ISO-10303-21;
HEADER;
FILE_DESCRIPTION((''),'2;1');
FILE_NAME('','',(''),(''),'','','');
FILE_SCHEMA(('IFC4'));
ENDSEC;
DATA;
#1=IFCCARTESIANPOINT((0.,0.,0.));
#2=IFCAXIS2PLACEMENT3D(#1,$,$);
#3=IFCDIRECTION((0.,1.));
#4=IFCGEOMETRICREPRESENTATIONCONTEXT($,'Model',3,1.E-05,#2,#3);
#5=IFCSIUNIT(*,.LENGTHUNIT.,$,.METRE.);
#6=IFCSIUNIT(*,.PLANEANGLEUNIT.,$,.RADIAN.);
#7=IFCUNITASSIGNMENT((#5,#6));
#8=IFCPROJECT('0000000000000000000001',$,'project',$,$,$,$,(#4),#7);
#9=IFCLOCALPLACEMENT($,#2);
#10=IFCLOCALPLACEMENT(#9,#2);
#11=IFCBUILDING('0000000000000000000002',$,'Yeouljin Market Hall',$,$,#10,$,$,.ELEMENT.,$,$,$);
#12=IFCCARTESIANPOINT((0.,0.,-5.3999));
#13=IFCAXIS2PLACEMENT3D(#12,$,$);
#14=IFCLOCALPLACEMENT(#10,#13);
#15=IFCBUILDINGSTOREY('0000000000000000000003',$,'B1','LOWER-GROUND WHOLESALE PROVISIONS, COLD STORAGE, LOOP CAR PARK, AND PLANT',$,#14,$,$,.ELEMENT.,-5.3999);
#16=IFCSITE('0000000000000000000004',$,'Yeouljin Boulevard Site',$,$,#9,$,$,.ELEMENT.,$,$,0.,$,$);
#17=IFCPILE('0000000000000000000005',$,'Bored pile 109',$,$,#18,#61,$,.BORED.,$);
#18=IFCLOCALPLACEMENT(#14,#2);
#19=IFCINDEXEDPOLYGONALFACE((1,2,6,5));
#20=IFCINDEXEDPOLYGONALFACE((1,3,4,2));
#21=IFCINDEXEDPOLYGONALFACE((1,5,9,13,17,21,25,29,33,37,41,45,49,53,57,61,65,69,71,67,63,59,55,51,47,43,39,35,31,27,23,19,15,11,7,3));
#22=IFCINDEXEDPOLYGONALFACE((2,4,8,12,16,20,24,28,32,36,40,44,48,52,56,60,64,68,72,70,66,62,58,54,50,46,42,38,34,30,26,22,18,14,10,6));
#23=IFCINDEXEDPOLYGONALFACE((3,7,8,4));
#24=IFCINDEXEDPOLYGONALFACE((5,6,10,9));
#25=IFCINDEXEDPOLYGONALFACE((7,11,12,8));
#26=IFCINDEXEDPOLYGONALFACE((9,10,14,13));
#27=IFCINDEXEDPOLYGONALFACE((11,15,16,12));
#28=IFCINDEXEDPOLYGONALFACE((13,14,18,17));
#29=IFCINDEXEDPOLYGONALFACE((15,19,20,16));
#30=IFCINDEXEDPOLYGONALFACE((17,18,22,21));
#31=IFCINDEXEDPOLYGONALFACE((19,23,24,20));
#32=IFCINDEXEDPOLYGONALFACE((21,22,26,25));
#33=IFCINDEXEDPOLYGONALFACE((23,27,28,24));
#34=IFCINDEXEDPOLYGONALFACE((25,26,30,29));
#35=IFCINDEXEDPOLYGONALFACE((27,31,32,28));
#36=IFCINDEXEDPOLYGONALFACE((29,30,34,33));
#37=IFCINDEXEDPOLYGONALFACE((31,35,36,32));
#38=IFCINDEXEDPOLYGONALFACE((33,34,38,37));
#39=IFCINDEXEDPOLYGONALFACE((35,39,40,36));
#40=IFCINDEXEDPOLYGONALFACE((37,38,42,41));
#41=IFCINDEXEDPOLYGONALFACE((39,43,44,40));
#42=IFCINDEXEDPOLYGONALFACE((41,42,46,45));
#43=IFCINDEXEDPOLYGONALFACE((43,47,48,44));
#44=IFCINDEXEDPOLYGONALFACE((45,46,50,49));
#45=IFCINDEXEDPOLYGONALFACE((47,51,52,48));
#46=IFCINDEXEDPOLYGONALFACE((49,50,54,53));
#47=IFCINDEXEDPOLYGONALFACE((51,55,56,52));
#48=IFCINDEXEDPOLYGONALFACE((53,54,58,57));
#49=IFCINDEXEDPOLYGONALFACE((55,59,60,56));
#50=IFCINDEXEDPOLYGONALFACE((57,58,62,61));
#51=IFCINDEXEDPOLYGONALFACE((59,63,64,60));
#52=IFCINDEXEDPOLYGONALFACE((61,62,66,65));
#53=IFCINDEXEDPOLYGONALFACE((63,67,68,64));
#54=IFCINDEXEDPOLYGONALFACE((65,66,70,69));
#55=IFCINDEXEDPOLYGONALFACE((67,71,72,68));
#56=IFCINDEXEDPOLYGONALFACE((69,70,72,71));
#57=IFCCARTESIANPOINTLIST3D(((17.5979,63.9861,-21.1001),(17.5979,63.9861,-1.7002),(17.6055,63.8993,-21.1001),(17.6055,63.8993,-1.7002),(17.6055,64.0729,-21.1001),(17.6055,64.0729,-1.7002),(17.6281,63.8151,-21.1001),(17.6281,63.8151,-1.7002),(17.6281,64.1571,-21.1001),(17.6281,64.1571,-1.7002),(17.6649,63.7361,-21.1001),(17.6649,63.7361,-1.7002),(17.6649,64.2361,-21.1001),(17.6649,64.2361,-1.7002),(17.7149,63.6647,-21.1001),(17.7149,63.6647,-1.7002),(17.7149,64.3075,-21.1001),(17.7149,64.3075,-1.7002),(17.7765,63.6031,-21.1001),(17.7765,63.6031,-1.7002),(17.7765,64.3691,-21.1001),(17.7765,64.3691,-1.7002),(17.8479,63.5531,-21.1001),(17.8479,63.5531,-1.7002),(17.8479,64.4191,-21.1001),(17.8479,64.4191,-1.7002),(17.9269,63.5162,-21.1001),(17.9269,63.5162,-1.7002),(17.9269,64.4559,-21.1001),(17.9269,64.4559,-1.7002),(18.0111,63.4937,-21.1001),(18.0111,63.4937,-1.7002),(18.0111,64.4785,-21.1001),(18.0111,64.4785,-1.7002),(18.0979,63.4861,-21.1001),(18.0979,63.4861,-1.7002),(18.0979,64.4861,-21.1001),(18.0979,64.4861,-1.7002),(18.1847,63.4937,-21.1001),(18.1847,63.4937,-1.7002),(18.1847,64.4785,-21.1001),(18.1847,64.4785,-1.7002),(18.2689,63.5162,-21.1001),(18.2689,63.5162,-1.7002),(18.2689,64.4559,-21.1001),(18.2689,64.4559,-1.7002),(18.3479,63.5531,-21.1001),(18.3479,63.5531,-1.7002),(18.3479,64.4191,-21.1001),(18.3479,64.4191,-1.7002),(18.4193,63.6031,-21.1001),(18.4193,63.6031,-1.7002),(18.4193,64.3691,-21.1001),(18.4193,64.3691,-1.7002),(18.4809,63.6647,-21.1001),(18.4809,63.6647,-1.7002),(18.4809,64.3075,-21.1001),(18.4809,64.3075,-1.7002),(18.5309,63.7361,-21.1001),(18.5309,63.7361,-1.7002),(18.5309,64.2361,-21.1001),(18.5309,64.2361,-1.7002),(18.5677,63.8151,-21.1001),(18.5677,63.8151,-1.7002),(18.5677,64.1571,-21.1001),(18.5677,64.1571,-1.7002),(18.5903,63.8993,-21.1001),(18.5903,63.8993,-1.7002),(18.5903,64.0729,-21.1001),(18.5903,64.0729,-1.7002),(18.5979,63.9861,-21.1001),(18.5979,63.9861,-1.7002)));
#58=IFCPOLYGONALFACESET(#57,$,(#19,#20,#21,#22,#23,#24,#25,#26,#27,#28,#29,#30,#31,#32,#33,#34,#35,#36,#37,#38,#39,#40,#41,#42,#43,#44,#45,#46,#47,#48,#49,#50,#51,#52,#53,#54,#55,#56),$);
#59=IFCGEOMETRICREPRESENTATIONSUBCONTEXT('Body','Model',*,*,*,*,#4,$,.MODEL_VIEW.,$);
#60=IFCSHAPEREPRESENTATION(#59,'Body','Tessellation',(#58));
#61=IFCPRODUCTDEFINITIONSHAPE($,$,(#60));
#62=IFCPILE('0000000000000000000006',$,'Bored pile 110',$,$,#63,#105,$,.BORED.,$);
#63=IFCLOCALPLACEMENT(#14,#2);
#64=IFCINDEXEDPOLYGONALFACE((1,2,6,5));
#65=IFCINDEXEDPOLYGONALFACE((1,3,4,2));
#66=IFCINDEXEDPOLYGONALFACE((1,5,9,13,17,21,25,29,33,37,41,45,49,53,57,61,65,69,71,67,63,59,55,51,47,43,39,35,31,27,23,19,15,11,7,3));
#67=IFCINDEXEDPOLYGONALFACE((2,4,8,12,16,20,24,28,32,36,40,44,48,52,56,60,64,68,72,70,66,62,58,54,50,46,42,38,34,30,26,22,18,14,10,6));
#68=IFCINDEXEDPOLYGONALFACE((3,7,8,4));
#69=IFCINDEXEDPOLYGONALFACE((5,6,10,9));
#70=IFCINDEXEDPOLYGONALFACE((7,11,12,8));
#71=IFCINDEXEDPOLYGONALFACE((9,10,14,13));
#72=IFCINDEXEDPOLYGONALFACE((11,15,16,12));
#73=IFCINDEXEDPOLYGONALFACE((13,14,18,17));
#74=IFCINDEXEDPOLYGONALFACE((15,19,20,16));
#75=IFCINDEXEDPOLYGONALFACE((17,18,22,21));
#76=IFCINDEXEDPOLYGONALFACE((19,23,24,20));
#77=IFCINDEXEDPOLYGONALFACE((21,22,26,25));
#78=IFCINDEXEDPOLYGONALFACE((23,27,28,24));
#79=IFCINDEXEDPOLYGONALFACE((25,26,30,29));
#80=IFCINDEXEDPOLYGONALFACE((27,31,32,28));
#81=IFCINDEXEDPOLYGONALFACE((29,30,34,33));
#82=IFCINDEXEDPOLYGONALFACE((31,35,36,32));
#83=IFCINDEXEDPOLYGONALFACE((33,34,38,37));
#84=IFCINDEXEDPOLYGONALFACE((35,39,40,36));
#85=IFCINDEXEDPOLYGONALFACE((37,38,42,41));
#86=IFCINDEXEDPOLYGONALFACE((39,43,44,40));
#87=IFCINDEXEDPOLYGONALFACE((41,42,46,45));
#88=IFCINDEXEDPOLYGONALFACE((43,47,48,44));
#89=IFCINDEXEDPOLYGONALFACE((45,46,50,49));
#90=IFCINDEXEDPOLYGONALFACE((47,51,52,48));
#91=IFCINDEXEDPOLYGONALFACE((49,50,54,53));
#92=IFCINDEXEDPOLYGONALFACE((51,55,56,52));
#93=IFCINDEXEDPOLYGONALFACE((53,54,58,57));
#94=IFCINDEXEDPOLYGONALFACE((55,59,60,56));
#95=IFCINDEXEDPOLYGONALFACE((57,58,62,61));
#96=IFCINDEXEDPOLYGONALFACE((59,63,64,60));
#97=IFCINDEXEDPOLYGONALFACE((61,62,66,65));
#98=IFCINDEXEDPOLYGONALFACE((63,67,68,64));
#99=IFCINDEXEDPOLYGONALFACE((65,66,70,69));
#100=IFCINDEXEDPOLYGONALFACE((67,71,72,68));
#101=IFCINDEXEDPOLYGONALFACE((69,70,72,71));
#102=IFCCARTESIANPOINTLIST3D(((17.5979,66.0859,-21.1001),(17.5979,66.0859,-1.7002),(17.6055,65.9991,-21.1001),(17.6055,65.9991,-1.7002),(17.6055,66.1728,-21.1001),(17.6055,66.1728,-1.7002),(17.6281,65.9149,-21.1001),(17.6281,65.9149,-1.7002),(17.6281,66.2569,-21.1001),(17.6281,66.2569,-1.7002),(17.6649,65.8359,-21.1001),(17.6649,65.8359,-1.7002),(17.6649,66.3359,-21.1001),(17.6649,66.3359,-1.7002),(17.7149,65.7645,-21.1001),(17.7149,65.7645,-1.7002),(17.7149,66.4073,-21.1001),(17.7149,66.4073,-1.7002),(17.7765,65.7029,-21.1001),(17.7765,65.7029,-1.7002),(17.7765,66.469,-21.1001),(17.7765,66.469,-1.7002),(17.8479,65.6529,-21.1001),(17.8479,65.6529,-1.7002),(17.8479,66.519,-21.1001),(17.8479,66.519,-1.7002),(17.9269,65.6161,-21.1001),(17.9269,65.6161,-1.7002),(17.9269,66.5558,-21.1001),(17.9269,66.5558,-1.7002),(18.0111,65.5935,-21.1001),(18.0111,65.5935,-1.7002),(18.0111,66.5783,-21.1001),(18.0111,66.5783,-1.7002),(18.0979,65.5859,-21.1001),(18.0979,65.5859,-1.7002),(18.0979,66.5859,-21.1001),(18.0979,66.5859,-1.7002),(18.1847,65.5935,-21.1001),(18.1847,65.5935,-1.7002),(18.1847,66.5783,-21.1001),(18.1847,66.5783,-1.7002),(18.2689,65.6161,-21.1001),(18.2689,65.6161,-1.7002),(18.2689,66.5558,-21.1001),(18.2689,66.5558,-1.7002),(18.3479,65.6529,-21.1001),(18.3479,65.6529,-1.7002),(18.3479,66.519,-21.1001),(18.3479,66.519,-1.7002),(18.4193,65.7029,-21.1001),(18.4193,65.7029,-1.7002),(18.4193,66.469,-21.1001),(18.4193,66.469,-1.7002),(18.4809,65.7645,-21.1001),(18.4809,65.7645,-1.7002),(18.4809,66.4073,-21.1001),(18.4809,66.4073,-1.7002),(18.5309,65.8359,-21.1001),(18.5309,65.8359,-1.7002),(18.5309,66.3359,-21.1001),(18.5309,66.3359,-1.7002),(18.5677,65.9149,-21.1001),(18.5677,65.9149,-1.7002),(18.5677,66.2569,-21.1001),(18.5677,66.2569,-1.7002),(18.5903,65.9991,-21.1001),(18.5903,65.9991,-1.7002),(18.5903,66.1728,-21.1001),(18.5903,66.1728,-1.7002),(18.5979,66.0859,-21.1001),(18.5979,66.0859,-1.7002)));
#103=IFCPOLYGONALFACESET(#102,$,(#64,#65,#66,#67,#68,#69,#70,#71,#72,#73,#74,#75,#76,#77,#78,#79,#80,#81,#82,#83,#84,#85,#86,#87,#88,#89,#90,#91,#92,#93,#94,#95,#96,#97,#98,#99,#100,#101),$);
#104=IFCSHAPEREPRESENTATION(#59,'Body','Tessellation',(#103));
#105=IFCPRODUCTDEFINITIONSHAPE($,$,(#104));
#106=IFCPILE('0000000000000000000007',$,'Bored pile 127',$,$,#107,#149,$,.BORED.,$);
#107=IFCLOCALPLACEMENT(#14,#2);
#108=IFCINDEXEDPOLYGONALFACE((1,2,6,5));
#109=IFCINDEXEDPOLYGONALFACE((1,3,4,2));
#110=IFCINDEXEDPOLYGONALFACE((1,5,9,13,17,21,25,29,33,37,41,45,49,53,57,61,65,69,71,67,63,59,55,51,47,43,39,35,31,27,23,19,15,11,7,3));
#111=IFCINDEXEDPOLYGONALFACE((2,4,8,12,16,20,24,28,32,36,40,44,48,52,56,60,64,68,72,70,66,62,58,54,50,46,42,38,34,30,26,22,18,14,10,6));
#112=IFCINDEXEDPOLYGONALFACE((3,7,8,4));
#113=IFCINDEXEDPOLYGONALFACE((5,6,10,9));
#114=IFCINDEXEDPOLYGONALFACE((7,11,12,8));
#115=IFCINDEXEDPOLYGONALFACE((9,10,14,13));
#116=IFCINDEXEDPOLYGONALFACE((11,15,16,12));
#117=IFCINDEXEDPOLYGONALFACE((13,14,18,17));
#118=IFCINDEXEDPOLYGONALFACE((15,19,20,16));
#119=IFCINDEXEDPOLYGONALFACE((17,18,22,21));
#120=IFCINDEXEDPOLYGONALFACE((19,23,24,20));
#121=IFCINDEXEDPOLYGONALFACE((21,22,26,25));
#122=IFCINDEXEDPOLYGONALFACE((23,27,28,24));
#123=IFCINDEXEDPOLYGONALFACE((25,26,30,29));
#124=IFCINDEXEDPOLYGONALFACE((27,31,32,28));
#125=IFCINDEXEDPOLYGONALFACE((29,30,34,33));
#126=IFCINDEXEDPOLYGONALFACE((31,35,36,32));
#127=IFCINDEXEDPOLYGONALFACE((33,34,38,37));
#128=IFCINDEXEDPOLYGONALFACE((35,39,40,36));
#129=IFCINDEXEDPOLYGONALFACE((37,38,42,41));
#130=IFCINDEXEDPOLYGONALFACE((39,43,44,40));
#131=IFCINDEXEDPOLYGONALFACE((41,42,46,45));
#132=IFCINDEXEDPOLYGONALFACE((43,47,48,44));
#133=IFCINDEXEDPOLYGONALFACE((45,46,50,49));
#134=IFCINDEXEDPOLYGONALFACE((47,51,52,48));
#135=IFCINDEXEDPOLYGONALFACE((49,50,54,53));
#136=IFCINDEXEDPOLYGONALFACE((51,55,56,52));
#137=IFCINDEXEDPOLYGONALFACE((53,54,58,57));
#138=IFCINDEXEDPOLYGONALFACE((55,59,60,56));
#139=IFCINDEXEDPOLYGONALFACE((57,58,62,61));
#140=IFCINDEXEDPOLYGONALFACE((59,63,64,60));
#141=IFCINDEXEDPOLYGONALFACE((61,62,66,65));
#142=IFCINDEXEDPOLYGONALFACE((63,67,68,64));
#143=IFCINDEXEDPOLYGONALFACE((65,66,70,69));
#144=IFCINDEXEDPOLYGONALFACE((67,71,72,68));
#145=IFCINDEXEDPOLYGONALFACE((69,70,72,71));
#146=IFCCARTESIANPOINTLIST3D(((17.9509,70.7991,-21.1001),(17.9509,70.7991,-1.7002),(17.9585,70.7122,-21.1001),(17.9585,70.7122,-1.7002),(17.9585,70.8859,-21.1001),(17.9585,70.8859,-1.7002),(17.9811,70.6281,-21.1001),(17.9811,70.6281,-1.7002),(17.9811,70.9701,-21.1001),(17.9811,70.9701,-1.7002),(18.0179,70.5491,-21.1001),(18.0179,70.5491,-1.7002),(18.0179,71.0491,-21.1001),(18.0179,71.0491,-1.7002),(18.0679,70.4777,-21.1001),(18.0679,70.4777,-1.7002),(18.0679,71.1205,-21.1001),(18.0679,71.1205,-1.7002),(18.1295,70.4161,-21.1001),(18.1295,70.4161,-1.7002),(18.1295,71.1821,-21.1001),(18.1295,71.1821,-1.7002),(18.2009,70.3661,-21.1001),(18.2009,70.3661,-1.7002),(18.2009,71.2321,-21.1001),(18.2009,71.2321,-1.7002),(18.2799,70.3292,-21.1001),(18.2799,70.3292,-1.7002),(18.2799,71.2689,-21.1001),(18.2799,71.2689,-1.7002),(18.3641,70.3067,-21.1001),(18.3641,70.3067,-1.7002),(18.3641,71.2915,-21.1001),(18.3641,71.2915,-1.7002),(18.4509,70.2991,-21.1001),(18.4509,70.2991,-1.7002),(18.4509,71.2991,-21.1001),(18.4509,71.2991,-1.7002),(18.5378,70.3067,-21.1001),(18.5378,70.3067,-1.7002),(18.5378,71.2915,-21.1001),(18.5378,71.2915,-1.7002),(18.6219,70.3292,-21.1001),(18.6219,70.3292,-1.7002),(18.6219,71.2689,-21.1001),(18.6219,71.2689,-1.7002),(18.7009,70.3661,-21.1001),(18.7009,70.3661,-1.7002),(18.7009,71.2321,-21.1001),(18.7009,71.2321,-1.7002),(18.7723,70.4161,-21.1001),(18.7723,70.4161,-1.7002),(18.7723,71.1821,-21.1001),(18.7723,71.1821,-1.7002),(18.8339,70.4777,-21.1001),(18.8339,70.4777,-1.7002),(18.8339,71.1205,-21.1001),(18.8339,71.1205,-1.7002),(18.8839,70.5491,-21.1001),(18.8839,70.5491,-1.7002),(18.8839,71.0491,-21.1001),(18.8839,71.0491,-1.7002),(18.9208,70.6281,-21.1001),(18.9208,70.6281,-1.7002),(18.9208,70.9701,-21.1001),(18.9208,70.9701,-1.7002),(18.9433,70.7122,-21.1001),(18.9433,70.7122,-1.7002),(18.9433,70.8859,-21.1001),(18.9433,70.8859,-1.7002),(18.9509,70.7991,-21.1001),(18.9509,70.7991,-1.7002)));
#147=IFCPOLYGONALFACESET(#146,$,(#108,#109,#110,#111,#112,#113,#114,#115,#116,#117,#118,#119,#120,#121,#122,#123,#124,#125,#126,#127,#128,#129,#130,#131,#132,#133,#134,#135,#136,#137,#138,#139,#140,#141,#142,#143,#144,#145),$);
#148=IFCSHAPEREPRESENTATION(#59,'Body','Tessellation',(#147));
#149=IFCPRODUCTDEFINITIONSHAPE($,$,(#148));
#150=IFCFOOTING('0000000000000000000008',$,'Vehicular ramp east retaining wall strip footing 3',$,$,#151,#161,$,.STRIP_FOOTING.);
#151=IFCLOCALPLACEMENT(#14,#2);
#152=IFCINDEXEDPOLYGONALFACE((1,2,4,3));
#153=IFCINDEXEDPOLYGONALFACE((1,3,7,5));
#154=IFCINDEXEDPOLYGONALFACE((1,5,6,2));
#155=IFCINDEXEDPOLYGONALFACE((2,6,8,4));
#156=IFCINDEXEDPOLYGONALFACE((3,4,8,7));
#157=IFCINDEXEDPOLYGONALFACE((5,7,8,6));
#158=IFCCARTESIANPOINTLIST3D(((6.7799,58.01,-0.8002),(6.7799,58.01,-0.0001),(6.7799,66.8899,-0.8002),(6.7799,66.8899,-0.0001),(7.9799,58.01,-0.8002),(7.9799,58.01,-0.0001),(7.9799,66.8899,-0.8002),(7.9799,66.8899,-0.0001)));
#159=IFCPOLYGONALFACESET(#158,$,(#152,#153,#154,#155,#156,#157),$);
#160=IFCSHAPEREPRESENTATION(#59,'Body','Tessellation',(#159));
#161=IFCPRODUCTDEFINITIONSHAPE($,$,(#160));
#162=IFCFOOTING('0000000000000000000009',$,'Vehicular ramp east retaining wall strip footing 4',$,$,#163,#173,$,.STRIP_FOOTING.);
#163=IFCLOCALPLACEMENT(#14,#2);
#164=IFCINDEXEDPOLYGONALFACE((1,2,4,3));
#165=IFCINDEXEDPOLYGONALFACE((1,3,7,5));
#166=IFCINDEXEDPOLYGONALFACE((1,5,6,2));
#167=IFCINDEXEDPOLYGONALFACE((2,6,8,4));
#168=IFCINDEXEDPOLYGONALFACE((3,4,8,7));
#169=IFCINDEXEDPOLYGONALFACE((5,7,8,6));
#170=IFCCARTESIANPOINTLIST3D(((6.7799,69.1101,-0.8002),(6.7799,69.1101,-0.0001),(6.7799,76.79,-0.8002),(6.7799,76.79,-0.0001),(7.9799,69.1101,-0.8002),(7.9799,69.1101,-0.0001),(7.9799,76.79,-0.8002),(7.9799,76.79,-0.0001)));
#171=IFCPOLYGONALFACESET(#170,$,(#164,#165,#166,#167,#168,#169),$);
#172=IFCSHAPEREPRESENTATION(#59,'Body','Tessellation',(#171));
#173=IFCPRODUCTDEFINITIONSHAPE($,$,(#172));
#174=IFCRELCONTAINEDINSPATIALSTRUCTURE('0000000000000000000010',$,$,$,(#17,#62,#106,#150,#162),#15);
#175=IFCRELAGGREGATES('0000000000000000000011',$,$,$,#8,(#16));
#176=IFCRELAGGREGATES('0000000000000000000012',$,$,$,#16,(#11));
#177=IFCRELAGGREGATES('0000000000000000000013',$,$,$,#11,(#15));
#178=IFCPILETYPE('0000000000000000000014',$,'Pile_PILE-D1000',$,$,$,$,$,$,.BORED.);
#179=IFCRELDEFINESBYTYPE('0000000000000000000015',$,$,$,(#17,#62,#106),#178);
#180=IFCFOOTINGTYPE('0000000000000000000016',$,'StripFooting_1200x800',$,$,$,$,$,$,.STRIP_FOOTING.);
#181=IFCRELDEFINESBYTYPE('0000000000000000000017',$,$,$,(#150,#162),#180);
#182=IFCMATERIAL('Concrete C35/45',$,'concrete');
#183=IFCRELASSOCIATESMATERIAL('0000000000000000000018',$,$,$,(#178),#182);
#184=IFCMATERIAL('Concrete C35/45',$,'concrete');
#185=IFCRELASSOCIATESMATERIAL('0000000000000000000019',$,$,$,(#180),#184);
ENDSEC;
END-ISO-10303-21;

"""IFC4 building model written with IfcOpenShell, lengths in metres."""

from ifc_helpers import new_model, si_unit, direction, frame, origin, origin_2d, place, context, subcontext, project, spatial, rectangle, circle, extrude, material, material_profile, profile_set, type_object, element, save


model = new_model("IFC4")

# Units and contexts
model_context = context("Model", 3, precision=1e-05, world=origin(), true_north=direction((0.0, 1.0)))
body_context = subcontext(model_context, "Body", "Model", "MODEL_VIEW")
ifc_project = project(units=[si_unit("LENGTHUNIT", "METRE"), si_unit("PLANEANGLEUNIT", "RADIAN")], contexts=[model_context])

# Site, building, storey
site_placement = place(None, origin())
site = spatial("IfcSite", under=ifc_project, at=site_placement, Name="Yeouljin Boulevard Site", CompositionType="ELEMENT", RefElevation=0.0)
building_placement = place(site_placement, origin())
building = spatial("IfcBuilding", under=site, at=building_placement, Name="Yeouljin Market Hall", CompositionType="ELEMENT")
storey_placement = place(building_placement, frame((0.0, 0.0, -5.3999)))
storey = spatial("IfcBuildingStorey", under=building, at=storey_placement, Name="B1", Description="LOWER-GROUND WHOLESALE PROVISIONS, COLD STORAGE, LOOP CAR PARK, AND PLANT", CompositionType="ELEMENT", Elevation=-5.3999)

# Piles
ifc_material_1 = material(Name="Concrete C35/45", Category="concrete")
ifc_material_profile_1 = material_profile(ifc_material_1, circle(Radius=0.5, at=origin_2d()), Name="PILE-D1000")
ifc_profile_set_1 = profile_set([ifc_material_profile_1], Name="Concrete C35/45")
pile_type = type_object("IfcPileType", Name="Pile_PILE-D1000", PredefinedType="BORED", material=ifc_profile_set_1)
for number, where, z_axis, x_axis, name in (
    (1, (18.0979, 63.9861, -1.7002), (0.0, 0.0, -1.0), (1.0, 0.0, 0.0), "Bored pile 109"),
    (2, (18.0979, 66.0859, -1.7002), (0.0, 0.0, -1.0), (1.0, 0.0, 0.0), "Bored pile 110"),
    (3, (18.4509, 70.7991, -1.7002), (0.0, 0.0, -1.0), (1.0, 0.0, 0.0), "Bored pile 127"),
):
    element("IfcPile", number, at=place(storey_placement, frame(where, z_axis=z_axis, x_axis=x_axis)), inside=storey, type_object=pile_type, Name=name, PredefinedType="BORED", context=body_context, shape_type="SweptSolid", body=[
        extrude(circle(Radius=0.5, at=origin_2d()), origin(), (0.0, 0.0, 1.0), 19.3999),
    ])

# Footings
ifc_material_2 = material(Name="Concrete C35/45", Category="concrete")
ifc_material_profile_2 = material_profile(ifc_material_2, rectangle(XDim=1.2, YDim=0.8, at=origin_2d()), Name="SF-1200x800")
ifc_profile_set_2 = profile_set([ifc_material_profile_2], Name="Concrete C35/45")
footing_type_1 = type_object("IfcFootingType", Name="StripFooting_1200x800", PredefinedType="STRIP_FOOTING", material=ifc_profile_set_2)
footing_1_placement = place(storey_placement, frame((7.3799, 58.01, -0.4001), z_axis=(0.0, 1.0, 0.0), x_axis=(-1.0, 0.0, 0.0)))
element("IfcFooting", 4, at=footing_1_placement, inside=storey, type_object=footing_type_1, Name="Vehicular ramp east retaining wall strip footing 3", PredefinedType="STRIP_FOOTING", context=body_context, shape_type="SweptSolid", body=[
    extrude(rectangle(XDim=1.2, YDim=0.8, at=origin_2d()), origin(), (0.0, 0.0, 1.0), 8.8799),
])
footing_2_placement = place(storey_placement, frame((7.3799, 69.1101, -0.4001), z_axis=(0.0, 1.0, 0.0), x_axis=(-1.0, 0.0, 0.0)))
element("IfcFooting", 5, at=footing_2_placement, inside=storey, type_object=footing_type_1, Name="Vehicular ramp east retaining wall strip footing 4", PredefinedType="STRIP_FOOTING", context=body_context, shape_type="SweptSolid", body=[
    extrude(rectangle(XDim=1.2, YDim=0.8, at=origin_2d()), origin(), (0.0, 0.0, 1.0), 7.6799),
])

save(model, "model.ifc")
